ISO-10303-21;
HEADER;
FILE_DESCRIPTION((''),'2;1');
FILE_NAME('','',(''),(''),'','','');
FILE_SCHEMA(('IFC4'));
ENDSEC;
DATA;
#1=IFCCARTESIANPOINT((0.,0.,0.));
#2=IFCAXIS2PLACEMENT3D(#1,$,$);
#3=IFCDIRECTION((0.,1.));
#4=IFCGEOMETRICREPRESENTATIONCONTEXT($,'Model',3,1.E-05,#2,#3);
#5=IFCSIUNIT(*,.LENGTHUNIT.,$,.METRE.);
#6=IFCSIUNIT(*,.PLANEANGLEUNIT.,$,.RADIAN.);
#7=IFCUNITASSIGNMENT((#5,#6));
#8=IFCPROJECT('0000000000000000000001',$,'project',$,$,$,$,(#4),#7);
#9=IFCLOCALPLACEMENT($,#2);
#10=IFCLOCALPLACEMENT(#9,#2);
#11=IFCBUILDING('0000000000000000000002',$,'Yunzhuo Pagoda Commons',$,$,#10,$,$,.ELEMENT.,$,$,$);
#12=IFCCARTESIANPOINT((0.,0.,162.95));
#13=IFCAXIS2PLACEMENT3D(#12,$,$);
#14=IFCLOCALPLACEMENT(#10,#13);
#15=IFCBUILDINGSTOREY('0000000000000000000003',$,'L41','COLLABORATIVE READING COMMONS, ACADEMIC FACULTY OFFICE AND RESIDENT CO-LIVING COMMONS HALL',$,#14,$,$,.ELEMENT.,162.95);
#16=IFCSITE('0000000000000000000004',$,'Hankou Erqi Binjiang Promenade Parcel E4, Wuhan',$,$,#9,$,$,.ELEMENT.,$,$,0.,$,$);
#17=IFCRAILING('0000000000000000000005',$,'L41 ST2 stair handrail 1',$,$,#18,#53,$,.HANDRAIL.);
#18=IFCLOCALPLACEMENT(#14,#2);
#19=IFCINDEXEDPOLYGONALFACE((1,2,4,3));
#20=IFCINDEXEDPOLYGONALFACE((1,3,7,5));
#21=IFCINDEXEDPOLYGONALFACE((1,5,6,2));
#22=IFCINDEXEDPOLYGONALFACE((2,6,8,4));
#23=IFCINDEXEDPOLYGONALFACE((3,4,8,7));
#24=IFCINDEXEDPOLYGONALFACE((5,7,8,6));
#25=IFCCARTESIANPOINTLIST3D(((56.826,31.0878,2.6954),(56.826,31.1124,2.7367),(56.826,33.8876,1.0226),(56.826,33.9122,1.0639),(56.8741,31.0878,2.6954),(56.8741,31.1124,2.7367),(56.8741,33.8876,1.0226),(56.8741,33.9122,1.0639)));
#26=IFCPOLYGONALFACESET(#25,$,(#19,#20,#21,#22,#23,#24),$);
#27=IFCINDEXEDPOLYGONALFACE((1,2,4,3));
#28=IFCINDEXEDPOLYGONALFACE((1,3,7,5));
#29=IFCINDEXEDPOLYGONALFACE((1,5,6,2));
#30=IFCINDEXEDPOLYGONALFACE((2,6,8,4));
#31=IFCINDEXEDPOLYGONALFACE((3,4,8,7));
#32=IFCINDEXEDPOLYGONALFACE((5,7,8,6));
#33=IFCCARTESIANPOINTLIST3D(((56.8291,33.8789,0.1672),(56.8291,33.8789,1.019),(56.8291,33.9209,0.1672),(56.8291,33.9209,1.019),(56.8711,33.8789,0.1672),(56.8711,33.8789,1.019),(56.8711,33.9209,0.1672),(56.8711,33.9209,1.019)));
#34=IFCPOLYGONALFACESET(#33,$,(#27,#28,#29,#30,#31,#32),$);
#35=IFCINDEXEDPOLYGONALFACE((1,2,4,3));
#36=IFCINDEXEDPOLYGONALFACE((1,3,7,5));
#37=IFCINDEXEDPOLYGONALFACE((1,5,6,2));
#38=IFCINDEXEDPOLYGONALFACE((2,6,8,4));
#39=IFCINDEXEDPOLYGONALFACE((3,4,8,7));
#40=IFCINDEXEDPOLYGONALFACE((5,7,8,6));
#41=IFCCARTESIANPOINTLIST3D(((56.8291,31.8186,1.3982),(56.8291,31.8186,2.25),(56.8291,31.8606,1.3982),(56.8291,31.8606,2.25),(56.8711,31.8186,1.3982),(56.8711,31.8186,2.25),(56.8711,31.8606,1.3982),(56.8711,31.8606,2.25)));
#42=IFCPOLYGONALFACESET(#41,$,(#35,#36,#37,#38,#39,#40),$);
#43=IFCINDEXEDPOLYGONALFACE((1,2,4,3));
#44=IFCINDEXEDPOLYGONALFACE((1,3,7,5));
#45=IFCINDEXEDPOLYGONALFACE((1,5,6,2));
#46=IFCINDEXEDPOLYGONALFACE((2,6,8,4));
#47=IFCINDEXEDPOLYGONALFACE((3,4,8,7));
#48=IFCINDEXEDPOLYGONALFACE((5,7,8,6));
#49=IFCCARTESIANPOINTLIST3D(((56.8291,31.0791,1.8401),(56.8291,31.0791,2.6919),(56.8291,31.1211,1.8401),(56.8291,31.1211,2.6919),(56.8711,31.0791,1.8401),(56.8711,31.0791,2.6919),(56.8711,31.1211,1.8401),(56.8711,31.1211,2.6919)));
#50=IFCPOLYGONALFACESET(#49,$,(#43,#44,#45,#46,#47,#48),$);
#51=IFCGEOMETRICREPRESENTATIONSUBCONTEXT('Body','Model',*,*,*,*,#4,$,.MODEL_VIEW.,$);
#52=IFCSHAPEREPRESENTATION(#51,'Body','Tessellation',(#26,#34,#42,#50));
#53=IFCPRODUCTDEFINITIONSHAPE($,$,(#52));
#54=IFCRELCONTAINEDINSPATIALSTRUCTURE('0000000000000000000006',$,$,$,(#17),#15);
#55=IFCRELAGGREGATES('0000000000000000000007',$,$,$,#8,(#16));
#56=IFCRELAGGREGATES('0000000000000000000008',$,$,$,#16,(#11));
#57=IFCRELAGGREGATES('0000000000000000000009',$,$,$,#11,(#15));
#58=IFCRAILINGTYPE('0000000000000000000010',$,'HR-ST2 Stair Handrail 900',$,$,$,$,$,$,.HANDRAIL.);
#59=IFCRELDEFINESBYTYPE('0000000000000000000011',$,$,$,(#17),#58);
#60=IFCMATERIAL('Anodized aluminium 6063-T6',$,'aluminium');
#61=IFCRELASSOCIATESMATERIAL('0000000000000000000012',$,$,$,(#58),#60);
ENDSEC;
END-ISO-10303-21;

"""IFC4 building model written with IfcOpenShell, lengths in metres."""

from ifc_helpers import new_model, si_unit, direction, frame, origin, origin_2d, place, context, subcontext, project, spatial, rectangle, extrude, material, type_object, element, save


model = new_model("IFC4")

# Units and contexts
model_context = context("Model", 3, precision=1e-05, world=origin(), true_north=direction((0.0, 1.0)))
body_context = subcontext(model_context, "Body", "Model", "MODEL_VIEW")
ifc_project = project(units=[si_unit("LENGTHUNIT", "METRE"), si_unit("PLANEANGLEUNIT", "RADIAN")], contexts=[model_context])

# Site, building, storey
site_placement = place(None, origin())
site = spatial("IfcSite", under=ifc_project, at=site_placement, Name="Hankou Erqi Binjiang Promenade Parcel E4, Wuhan", CompositionType="ELEMENT", RefElevation=0.0)
building_placement = place(site_placement, origin())
building = spatial("IfcBuilding", under=site, at=building_placement, Name="Yunzhuo Pagoda Commons", CompositionType="ELEMENT")
storey_placement = place(building_placement, frame((0.0, 0.0, 162.95)))
storey = spatial("IfcBuildingStorey", under=building, at=storey_placement, Name="L41", Description="COLLABORATIVE READING COMMONS, ACADEMIC FACULTY OFFICE AND RESIDENT CO-LIVING COMMONS HALL", CompositionType="ELEMENT", Elevation=162.95)

# Railing
ifc_material_1 = material(Name="Anodized aluminium 6063-T6", Category="aluminium")
railing_type = type_object("IfcRailingType", Name="HR-ST2 Stair Handrail 900", PredefinedType="HANDRAIL", material=ifc_material_1)
railing_placement = place(storey_placement, frame((56.8501, 33.8999, 0.1672)))
element("IfcRailing", 1, at=railing_placement, inside=storey, type_object=railing_type, Name="L41 ST2 stair handrail 1", PredefinedType="HANDRAIL", context=body_context, shape_type="SweptSolid", body=[
    extrude(rectangle(XDim=0.0481, YDim=0.0481, at=origin_2d()), frame((0.0, 0.0, 0.876), z_axis=(0.0, -0.858443, 0.51291), x_axis=(1.0, 0.0, 0.0)), (0.0, 0.0, 1.0), 3.2615),
    extrude(rectangle(XDim=0.042, YDim=0.042, at=origin_2d()), origin(), (0.0, 0.0, 1.0), 0.8518),
    extrude(rectangle(XDim=0.042, YDim=0.042, at=origin_2d()), frame((0.0, -2.0603, 1.231)), (0.0, 0.0, 1.0), 0.8518),
    extrude(rectangle(XDim=0.042, YDim=0.042, at=origin_2d()), frame((0.0, -2.7998, 1.6729)), (0.0, 0.0, 1.0), 0.8518),
])

save(model, "model.ifc")
